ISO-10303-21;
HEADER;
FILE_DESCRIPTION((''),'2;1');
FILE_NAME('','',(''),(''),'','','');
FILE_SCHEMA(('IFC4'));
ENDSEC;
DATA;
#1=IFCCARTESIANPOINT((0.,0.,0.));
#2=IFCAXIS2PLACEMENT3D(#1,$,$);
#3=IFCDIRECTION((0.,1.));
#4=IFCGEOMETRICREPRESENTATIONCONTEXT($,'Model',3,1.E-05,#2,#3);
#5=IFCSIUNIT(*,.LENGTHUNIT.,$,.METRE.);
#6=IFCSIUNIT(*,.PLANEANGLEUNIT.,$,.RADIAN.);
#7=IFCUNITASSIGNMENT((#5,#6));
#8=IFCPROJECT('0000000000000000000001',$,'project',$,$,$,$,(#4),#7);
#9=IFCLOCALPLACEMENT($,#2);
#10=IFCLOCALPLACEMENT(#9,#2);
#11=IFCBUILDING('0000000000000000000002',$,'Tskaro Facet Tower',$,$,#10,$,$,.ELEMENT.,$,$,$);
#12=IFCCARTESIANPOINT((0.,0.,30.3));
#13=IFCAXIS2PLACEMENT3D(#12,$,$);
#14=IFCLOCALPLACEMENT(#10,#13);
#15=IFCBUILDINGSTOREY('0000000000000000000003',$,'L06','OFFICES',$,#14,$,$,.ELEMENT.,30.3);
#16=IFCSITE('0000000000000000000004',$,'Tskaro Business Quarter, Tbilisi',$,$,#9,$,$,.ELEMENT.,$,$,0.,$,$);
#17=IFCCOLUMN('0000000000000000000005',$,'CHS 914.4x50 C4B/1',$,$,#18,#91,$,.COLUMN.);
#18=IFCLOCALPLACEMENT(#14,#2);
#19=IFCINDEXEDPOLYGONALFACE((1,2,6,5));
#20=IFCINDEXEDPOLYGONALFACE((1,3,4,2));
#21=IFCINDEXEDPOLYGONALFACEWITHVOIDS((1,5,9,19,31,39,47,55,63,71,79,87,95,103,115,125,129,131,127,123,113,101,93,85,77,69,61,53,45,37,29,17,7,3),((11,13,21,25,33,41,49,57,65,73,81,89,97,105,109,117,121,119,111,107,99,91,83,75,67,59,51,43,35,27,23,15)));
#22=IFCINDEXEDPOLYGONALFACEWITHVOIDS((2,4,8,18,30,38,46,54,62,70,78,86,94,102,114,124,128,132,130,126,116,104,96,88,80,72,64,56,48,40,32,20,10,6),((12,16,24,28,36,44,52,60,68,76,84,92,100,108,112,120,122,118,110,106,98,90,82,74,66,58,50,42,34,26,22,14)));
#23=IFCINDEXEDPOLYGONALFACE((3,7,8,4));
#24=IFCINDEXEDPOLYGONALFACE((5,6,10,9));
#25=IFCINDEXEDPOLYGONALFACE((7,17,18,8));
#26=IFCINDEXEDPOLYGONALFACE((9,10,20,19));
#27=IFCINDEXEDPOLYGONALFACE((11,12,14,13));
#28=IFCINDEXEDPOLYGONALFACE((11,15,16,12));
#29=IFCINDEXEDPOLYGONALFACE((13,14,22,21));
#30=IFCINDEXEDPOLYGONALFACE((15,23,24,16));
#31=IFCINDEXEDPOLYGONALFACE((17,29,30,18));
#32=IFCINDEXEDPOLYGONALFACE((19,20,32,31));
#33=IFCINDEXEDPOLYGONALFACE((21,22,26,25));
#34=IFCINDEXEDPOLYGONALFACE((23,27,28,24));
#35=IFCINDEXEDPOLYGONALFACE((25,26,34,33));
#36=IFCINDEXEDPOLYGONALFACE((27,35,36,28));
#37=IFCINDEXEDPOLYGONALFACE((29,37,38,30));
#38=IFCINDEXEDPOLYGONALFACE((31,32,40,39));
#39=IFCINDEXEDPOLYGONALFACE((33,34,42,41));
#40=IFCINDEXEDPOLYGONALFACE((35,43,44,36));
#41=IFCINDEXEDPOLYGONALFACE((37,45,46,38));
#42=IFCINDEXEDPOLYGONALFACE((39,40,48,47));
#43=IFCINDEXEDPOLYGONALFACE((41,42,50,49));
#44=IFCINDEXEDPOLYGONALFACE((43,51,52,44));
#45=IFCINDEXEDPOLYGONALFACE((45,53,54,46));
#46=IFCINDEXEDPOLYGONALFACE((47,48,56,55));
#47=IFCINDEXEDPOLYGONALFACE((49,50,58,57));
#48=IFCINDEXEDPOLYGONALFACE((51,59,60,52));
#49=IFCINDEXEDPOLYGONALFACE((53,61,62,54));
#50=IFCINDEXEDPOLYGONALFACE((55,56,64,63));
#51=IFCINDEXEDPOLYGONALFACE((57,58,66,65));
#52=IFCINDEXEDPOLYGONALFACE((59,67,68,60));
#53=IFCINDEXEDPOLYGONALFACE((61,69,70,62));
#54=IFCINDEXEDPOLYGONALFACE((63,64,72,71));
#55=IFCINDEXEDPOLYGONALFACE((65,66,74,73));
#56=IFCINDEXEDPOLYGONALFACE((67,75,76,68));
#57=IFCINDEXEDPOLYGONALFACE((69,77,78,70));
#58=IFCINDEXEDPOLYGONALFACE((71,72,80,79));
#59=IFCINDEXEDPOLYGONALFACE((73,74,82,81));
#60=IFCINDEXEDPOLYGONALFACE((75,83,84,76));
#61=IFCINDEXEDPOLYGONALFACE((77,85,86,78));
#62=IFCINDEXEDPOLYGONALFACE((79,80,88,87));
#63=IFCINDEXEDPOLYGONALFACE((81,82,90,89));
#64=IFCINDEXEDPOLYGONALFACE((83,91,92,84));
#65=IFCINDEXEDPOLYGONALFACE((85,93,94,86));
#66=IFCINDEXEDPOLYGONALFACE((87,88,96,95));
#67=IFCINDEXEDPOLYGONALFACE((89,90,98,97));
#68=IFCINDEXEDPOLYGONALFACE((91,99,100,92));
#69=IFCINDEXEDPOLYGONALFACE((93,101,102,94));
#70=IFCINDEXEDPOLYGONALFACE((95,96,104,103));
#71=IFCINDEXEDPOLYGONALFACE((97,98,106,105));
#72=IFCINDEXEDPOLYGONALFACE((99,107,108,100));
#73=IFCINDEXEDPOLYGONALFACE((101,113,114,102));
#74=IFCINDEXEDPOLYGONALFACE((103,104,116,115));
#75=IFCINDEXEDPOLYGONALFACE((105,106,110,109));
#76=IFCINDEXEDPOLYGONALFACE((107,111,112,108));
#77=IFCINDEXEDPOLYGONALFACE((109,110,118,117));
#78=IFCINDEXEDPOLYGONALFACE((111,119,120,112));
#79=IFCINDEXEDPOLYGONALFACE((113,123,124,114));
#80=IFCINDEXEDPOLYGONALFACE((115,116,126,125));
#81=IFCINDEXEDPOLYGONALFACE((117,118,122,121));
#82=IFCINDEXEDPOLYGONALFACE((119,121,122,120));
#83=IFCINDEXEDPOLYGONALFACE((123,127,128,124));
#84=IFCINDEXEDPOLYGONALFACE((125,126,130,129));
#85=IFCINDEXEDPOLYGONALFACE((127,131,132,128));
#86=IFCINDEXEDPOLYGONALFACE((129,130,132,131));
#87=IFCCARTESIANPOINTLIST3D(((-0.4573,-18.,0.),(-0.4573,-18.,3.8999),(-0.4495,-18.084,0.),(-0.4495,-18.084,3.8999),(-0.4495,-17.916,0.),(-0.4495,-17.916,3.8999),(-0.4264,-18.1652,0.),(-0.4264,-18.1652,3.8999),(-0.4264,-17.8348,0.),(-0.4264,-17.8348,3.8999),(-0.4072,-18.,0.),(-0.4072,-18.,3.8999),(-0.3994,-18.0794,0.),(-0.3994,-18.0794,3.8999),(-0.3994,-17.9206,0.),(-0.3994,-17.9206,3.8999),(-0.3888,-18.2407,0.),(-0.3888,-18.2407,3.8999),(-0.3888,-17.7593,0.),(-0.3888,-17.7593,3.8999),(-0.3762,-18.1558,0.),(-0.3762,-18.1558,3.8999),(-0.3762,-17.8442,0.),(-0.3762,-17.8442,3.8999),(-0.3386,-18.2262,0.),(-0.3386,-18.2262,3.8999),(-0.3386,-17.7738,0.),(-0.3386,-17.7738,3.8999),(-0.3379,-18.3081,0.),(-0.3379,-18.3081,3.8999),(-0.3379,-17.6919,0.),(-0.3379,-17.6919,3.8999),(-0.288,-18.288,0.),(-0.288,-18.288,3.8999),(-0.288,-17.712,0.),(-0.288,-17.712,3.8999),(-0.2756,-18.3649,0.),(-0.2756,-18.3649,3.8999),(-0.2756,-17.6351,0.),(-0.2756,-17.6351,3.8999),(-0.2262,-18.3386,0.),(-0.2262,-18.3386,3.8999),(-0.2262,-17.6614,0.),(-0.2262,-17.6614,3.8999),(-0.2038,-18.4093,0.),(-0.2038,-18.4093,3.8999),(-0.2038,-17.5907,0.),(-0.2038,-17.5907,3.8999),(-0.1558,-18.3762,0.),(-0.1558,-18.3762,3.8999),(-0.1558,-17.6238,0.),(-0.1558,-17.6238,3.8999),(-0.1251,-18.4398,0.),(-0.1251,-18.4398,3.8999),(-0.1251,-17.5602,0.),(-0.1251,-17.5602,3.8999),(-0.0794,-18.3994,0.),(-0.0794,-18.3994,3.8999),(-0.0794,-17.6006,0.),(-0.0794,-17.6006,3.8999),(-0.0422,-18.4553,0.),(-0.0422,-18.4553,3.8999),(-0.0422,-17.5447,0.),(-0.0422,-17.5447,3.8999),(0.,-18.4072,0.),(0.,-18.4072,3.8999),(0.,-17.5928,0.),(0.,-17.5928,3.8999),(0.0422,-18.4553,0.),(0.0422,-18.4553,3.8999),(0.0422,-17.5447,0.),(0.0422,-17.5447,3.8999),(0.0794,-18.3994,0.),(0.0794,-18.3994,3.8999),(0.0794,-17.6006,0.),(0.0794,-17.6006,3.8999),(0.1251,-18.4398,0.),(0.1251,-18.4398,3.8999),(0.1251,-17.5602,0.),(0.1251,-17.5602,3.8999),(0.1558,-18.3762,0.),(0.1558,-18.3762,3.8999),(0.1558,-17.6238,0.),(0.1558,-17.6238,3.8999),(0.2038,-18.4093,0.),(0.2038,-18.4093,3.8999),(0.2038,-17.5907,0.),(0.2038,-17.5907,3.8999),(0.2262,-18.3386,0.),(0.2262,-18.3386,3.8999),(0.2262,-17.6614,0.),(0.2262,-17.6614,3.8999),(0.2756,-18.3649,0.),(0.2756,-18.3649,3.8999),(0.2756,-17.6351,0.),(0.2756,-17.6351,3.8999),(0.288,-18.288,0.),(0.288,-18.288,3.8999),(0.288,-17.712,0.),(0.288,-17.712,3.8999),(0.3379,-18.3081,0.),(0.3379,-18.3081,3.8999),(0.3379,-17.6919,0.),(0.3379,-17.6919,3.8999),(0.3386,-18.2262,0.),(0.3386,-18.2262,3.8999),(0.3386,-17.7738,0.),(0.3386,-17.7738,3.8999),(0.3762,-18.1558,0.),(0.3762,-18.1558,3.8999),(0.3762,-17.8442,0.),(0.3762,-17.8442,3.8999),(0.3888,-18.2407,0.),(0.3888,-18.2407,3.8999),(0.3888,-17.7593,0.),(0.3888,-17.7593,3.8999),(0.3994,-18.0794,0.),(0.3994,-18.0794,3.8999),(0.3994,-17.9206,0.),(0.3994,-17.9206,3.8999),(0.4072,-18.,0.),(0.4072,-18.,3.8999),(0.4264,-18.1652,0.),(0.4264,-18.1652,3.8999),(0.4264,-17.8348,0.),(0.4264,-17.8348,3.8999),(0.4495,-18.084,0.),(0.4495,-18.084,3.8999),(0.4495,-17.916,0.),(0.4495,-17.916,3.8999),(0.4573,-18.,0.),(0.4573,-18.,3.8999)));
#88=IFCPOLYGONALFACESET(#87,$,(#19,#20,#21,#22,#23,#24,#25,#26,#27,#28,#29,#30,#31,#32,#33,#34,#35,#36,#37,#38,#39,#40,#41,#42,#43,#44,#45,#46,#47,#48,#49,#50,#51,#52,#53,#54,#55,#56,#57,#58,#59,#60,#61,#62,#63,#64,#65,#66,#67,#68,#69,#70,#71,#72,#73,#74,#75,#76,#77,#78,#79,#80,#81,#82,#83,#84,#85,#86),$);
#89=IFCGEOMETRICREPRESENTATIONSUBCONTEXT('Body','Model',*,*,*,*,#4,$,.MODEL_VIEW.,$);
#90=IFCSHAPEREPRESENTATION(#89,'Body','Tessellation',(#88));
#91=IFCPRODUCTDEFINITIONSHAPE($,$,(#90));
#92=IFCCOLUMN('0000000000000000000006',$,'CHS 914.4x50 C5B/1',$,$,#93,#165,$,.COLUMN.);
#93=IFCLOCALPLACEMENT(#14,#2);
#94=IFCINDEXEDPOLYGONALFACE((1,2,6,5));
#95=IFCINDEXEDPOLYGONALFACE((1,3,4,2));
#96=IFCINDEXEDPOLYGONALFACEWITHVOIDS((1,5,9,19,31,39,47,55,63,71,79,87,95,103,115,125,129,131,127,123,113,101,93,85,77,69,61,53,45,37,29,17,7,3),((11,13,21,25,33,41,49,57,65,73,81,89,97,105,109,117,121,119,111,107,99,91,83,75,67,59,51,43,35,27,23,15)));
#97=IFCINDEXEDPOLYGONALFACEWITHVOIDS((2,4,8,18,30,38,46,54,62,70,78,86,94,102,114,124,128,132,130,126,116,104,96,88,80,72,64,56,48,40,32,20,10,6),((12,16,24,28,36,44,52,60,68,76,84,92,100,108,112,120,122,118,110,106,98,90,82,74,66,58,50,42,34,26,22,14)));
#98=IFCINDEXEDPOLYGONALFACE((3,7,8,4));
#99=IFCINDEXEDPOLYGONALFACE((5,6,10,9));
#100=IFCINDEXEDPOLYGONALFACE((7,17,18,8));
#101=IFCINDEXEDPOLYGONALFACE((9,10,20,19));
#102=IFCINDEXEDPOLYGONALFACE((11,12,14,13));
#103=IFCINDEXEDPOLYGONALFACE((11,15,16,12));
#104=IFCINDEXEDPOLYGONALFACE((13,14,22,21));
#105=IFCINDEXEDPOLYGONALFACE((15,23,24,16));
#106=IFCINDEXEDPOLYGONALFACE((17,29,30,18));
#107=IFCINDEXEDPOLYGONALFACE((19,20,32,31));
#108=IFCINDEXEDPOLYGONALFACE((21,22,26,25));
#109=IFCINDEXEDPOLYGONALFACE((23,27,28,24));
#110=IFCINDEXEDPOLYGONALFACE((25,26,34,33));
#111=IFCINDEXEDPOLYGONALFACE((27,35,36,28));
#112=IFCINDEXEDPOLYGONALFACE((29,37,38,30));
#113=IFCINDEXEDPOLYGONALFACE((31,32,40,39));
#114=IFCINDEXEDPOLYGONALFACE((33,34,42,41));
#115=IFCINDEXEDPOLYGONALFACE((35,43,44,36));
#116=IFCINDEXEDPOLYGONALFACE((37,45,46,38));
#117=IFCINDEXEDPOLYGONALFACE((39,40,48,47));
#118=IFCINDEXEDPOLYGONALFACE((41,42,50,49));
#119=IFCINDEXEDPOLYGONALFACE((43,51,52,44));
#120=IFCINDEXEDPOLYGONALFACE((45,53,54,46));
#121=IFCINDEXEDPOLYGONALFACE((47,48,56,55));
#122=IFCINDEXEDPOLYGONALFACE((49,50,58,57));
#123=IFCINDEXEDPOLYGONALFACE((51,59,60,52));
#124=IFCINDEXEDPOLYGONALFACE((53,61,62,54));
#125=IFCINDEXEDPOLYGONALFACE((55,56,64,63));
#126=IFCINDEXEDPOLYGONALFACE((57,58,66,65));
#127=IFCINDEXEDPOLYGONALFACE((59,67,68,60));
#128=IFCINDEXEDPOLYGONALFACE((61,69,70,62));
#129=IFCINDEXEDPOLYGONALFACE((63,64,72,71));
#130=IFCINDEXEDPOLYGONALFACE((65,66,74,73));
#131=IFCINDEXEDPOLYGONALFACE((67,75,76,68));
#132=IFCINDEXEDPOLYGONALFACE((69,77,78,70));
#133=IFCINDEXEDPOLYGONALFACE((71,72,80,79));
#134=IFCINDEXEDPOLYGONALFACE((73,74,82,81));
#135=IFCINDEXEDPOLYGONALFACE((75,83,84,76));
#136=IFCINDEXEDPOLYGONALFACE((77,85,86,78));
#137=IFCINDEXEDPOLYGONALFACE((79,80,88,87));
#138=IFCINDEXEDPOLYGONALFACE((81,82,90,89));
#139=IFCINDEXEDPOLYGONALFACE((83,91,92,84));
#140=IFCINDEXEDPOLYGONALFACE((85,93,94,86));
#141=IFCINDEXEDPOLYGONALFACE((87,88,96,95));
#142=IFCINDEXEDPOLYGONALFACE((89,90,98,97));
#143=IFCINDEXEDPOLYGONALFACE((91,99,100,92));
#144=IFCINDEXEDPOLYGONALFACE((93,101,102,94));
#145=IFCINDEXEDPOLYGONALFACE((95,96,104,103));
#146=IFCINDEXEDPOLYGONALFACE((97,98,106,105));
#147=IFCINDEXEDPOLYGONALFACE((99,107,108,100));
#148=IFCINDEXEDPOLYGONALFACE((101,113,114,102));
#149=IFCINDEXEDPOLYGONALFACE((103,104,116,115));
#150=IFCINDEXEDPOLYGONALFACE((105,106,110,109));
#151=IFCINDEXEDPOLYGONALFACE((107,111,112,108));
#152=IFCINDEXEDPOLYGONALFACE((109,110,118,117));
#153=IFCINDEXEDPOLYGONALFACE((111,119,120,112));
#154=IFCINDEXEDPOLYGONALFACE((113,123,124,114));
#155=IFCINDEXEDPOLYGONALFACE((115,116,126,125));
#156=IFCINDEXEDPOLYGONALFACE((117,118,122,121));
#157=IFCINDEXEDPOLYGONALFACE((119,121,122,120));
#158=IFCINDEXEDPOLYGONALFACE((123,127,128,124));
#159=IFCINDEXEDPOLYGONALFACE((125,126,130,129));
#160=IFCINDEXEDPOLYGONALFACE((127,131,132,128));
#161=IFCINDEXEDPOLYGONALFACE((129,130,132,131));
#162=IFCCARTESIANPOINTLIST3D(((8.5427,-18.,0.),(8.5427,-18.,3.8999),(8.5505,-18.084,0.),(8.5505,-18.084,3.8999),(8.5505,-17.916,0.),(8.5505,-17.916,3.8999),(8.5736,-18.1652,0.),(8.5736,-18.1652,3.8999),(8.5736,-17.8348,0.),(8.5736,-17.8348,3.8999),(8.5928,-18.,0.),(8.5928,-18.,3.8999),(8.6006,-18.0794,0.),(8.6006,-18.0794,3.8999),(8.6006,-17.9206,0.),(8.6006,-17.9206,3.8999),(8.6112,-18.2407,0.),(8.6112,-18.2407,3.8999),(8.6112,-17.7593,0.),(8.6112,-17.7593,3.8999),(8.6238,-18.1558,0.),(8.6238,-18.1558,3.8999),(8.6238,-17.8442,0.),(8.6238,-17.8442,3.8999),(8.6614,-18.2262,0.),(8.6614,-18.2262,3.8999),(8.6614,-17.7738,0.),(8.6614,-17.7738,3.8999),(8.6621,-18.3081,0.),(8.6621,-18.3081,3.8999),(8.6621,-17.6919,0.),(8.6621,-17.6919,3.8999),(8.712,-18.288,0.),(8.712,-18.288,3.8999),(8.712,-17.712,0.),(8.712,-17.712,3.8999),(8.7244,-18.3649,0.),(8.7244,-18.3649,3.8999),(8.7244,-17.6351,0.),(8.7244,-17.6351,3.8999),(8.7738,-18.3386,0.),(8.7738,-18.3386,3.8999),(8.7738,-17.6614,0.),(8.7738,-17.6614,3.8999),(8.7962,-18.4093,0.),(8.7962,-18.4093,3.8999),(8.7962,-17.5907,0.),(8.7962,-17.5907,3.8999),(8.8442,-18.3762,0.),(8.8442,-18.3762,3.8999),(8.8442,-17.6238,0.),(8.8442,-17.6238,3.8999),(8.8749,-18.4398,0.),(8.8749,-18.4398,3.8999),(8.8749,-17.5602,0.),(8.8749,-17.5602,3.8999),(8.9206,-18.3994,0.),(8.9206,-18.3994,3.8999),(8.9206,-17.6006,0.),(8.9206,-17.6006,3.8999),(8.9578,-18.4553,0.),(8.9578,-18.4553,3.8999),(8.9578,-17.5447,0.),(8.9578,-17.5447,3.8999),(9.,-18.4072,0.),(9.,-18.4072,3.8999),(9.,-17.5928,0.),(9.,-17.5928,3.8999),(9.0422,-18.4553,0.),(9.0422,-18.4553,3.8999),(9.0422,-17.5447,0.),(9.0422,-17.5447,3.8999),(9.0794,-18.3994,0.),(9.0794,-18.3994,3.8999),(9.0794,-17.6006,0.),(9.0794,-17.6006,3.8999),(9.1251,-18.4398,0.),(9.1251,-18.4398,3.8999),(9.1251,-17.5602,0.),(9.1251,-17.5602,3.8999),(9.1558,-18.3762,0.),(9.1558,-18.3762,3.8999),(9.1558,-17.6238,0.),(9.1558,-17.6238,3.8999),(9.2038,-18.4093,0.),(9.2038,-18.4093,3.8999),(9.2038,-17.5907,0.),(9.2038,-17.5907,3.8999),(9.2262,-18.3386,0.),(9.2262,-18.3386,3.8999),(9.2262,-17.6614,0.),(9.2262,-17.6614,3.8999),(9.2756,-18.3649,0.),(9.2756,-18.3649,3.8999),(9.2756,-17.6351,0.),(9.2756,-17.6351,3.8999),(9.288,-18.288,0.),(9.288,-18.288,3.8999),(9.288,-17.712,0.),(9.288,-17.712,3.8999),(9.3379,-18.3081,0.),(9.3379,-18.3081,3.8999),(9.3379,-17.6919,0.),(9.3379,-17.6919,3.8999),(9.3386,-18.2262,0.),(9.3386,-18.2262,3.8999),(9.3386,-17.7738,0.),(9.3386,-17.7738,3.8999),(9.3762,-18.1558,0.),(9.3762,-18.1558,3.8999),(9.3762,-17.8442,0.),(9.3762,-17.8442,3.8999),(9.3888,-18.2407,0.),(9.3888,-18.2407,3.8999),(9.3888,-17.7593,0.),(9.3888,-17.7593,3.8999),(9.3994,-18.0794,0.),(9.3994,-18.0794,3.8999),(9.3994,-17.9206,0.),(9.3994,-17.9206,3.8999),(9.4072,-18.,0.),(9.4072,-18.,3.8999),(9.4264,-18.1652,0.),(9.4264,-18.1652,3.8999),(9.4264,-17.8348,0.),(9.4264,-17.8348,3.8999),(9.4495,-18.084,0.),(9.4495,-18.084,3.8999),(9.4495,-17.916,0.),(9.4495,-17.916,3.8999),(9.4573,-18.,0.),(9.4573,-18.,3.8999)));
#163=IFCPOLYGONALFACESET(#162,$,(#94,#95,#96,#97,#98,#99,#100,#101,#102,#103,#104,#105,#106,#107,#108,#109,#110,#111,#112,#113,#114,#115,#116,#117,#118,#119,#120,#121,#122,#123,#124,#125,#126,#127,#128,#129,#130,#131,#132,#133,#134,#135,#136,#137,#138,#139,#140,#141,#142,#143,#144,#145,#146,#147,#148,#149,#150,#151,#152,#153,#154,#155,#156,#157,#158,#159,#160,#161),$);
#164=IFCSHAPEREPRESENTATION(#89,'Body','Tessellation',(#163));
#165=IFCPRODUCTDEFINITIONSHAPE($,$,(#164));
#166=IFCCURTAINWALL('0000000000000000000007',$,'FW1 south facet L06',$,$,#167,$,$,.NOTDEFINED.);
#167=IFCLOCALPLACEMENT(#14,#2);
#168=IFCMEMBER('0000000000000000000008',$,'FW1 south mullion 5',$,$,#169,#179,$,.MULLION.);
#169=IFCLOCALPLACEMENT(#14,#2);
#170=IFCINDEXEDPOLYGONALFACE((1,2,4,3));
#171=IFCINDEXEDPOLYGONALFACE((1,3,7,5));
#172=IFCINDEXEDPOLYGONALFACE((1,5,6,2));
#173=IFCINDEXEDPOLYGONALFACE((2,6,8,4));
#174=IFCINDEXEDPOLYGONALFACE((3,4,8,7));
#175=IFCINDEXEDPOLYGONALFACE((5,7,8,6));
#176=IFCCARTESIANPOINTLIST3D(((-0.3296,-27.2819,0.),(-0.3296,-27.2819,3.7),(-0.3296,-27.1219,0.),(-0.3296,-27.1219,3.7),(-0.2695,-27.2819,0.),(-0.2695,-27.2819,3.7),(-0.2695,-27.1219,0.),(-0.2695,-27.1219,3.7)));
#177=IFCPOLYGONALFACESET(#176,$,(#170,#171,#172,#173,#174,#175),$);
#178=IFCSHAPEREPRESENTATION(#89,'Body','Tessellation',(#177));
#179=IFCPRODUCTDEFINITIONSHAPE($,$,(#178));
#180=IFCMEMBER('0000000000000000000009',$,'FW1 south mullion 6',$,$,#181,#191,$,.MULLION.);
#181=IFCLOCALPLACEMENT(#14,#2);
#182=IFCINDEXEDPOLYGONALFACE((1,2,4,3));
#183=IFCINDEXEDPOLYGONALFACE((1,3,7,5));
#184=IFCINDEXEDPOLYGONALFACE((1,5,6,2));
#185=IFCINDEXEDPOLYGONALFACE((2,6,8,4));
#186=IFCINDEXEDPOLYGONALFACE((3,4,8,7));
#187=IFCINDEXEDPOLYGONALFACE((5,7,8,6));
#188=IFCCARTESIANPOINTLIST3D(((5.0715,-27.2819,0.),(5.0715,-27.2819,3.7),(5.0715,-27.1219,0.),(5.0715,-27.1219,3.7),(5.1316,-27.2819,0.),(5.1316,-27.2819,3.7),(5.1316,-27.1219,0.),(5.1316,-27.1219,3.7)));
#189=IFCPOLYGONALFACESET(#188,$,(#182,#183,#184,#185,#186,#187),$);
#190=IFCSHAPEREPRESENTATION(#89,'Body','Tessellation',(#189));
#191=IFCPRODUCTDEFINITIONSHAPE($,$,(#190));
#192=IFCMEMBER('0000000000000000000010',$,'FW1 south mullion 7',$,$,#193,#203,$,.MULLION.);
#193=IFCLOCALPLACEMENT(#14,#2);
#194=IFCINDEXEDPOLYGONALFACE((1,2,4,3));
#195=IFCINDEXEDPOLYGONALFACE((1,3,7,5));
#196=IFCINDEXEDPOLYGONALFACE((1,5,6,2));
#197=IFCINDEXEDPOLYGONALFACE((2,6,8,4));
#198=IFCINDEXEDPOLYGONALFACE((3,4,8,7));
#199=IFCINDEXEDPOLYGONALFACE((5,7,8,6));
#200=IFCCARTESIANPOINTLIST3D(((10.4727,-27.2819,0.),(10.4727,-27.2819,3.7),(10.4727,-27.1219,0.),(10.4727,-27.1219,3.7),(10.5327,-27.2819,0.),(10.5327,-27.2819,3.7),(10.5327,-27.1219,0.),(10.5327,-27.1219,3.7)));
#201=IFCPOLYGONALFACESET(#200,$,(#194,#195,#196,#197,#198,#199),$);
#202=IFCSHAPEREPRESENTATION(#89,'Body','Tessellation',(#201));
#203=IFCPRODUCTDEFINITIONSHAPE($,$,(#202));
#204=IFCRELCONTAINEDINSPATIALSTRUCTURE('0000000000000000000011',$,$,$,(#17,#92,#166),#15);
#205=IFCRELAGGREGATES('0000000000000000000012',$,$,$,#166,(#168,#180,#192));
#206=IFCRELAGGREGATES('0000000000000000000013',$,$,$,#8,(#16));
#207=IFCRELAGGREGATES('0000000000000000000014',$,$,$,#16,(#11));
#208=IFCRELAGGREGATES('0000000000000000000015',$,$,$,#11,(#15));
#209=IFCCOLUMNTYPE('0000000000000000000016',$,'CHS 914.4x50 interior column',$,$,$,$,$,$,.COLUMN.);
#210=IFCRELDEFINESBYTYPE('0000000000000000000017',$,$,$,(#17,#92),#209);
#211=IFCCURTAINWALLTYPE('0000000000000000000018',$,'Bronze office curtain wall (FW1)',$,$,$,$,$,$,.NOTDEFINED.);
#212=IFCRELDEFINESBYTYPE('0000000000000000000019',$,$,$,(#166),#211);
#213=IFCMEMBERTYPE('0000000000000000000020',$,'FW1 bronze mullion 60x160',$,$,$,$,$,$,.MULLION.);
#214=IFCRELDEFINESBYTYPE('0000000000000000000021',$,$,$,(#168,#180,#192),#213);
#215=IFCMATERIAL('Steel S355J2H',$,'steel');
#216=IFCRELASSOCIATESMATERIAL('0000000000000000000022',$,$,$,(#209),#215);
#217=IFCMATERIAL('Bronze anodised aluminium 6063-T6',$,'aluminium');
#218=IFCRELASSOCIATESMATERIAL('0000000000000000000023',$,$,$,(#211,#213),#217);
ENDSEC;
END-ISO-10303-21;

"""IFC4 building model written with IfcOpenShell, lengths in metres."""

from ifc_helpers import new_model, si_unit, direction, frame, origin, origin_2d, place, context, subcontext, project, spatial, rectangle, hollow_circle, extrude, material, material_profile, profile_set, type_object, element, aggregate, save


model = new_model("IFC4")

# Units and contexts
model_context = context("Model", 3, precision=1e-05, world=origin(), true_north=direction((0.0, 1.0)))
body_context = subcontext(model_context, "Body", "Model", "MODEL_VIEW")
ifc_project = project(units=[si_unit("LENGTHUNIT", "METRE"), si_unit("PLANEANGLEUNIT", "RADIAN")], contexts=[model_context])

# Site, building, storey
site_placement = place(None, origin())
site = spatial("IfcSite", under=ifc_project, at=site_placement, Name="Tskaro Business Quarter, Tbilisi", CompositionType="ELEMENT", RefElevation=0.0)
building_placement = place(site_placement, origin())
building = spatial("IfcBuilding", under=site, at=building_placement, Name="Tskaro Facet Tower", CompositionType="ELEMENT")
storey_placement = place(building_placement, frame((0.0, 0.0, 30.3)))
storey = spatial("IfcBuildingStorey", under=building, at=storey_placement, Name="L06", Description="OFFICES", CompositionType="ELEMENT", Elevation=30.3)

# Columns
ifc_material_1 = material(Name="Steel S355J2H", Category="steel")
ifc_material_profile_1 = material_profile(ifc_material_1, hollow_circle(Radius=0.4573, WallThickness=0.05, at=origin_2d()), Name="CHS 914.4x50")
ifc_profile_set_1 = profile_set([ifc_material_profile_1], Name="Steel S355J2H")
column_type_1 = type_object("IfcColumnType", Name="CHS 914.4x50 interior column", PredefinedType="COLUMN", material=ifc_profile_set_1)
for number, where, z_axis, x_axis, name in (
    (1, (0.0, -18.0, 0.0), (0.0, 0.0, 1.0), (1.0, 0.0, 0.0), "CHS 914.4x50 C4B/1"),
    (2, (9.0, -18.0, 0.0), (0.0, 0.0, 1.0), (1.0, 0.0, 0.0), "CHS 914.4x50 C5B/1"),
):
    element("IfcColumn", number, at=place(storey_placement, frame(where, z_axis=z_axis, x_axis=x_axis)), inside=storey, type_object=column_type_1, Name=name, PredefinedType="COLUMN", context=body_context, shape_type="SweptSolid", body=[
        extrude(hollow_circle(Radius=0.4573, WallThickness=0.05, at=origin_2d()), origin(), (0.0, 0.0, 1.0), 3.8999),
    ])

# Curtain wall, members
ifc_material_2 = material(Name="Bronze anodised aluminium 6063-T6", Category="aluminium")
curtain_wall_type = type_object("IfcCurtainWallType", Name="Bronze office curtain wall (FW1)", PredefinedType="NOTDEFINED", material=ifc_material_2)
curtain_wall_placement = place(storey_placement, origin())
curtain_wall = element("IfcCurtainWall", 3, at=curtain_wall_placement, inside=storey, type_object=curtain_wall_type, Name="FW1 south facet L06", PredefinedType="NOTDEFINED")
ifc_material_profile_2 = material_profile(ifc_material_2, rectangle(XDim=0.0601, YDim=0.1599, at=origin_2d()), Name="Mullion 60x160")
ifc_profile_set_2 = profile_set([ifc_material_profile_2], Name="Bronze anodised aluminium 6063-T6")
member_type_1 = type_object("IfcMemberType", Name="FW1 bronze mullion 60x160", PredefinedType="MULLION", material=ifc_profile_set_2)
member_1_placement = place(storey_placement, frame((-0.2996, -27.2019, 0.0), z_axis=(0.0, 0.0, 1.0), x_axis=(1.0, 0.0, 0.0)))
member_1 = element("IfcMember", 4, at=member_1_placement, type_object=member_type_1, Name="FW1 south mullion 5", PredefinedType="MULLION", context=body_context, shape_type="SweptSolid", body=[
    extrude(rectangle(XDim=0.0601, YDim=0.1599, at=origin_2d()), origin(), (0.0, 0.0, 1.0), 3.7),
])
member_2_placement = place(storey_placement, frame((5.1016, -27.2019, 0.0), z_axis=(0.0, 0.0, 1.0), x_axis=(1.0, 0.0, 0.0)))
member_2 = element("IfcMember", 5, at=member_2_placement, type_object=member_type_1, Name="FW1 south mullion 6", PredefinedType="MULLION", context=body_context, shape_type="SweptSolid", body=[
    extrude(rectangle(XDim=0.0601, YDim=0.1599, at=origin_2d()), origin(), (0.0, 0.0, 1.0), 3.7),
])
member_3_placement = place(storey_placement, frame((10.5027, -27.2019, 0.0), z_axis=(0.0, 0.0, 1.0), x_axis=(1.0, 0.0, 0.0)))
member_3 = element("IfcMember", 6, at=member_3_placement, type_object=member_type_1, Name="FW1 south mullion 7", PredefinedType="MULLION", context=body_context, shape_type="SweptSolid", body=[
    extrude(rectangle(XDim=0.0601, YDim=0.1599, at=origin_2d()), origin(), (0.0, 0.0, 1.0), 3.7),
])

aggregate(curtain_wall, [member_1, member_2, member_3])

save(model, "model.ifc")
